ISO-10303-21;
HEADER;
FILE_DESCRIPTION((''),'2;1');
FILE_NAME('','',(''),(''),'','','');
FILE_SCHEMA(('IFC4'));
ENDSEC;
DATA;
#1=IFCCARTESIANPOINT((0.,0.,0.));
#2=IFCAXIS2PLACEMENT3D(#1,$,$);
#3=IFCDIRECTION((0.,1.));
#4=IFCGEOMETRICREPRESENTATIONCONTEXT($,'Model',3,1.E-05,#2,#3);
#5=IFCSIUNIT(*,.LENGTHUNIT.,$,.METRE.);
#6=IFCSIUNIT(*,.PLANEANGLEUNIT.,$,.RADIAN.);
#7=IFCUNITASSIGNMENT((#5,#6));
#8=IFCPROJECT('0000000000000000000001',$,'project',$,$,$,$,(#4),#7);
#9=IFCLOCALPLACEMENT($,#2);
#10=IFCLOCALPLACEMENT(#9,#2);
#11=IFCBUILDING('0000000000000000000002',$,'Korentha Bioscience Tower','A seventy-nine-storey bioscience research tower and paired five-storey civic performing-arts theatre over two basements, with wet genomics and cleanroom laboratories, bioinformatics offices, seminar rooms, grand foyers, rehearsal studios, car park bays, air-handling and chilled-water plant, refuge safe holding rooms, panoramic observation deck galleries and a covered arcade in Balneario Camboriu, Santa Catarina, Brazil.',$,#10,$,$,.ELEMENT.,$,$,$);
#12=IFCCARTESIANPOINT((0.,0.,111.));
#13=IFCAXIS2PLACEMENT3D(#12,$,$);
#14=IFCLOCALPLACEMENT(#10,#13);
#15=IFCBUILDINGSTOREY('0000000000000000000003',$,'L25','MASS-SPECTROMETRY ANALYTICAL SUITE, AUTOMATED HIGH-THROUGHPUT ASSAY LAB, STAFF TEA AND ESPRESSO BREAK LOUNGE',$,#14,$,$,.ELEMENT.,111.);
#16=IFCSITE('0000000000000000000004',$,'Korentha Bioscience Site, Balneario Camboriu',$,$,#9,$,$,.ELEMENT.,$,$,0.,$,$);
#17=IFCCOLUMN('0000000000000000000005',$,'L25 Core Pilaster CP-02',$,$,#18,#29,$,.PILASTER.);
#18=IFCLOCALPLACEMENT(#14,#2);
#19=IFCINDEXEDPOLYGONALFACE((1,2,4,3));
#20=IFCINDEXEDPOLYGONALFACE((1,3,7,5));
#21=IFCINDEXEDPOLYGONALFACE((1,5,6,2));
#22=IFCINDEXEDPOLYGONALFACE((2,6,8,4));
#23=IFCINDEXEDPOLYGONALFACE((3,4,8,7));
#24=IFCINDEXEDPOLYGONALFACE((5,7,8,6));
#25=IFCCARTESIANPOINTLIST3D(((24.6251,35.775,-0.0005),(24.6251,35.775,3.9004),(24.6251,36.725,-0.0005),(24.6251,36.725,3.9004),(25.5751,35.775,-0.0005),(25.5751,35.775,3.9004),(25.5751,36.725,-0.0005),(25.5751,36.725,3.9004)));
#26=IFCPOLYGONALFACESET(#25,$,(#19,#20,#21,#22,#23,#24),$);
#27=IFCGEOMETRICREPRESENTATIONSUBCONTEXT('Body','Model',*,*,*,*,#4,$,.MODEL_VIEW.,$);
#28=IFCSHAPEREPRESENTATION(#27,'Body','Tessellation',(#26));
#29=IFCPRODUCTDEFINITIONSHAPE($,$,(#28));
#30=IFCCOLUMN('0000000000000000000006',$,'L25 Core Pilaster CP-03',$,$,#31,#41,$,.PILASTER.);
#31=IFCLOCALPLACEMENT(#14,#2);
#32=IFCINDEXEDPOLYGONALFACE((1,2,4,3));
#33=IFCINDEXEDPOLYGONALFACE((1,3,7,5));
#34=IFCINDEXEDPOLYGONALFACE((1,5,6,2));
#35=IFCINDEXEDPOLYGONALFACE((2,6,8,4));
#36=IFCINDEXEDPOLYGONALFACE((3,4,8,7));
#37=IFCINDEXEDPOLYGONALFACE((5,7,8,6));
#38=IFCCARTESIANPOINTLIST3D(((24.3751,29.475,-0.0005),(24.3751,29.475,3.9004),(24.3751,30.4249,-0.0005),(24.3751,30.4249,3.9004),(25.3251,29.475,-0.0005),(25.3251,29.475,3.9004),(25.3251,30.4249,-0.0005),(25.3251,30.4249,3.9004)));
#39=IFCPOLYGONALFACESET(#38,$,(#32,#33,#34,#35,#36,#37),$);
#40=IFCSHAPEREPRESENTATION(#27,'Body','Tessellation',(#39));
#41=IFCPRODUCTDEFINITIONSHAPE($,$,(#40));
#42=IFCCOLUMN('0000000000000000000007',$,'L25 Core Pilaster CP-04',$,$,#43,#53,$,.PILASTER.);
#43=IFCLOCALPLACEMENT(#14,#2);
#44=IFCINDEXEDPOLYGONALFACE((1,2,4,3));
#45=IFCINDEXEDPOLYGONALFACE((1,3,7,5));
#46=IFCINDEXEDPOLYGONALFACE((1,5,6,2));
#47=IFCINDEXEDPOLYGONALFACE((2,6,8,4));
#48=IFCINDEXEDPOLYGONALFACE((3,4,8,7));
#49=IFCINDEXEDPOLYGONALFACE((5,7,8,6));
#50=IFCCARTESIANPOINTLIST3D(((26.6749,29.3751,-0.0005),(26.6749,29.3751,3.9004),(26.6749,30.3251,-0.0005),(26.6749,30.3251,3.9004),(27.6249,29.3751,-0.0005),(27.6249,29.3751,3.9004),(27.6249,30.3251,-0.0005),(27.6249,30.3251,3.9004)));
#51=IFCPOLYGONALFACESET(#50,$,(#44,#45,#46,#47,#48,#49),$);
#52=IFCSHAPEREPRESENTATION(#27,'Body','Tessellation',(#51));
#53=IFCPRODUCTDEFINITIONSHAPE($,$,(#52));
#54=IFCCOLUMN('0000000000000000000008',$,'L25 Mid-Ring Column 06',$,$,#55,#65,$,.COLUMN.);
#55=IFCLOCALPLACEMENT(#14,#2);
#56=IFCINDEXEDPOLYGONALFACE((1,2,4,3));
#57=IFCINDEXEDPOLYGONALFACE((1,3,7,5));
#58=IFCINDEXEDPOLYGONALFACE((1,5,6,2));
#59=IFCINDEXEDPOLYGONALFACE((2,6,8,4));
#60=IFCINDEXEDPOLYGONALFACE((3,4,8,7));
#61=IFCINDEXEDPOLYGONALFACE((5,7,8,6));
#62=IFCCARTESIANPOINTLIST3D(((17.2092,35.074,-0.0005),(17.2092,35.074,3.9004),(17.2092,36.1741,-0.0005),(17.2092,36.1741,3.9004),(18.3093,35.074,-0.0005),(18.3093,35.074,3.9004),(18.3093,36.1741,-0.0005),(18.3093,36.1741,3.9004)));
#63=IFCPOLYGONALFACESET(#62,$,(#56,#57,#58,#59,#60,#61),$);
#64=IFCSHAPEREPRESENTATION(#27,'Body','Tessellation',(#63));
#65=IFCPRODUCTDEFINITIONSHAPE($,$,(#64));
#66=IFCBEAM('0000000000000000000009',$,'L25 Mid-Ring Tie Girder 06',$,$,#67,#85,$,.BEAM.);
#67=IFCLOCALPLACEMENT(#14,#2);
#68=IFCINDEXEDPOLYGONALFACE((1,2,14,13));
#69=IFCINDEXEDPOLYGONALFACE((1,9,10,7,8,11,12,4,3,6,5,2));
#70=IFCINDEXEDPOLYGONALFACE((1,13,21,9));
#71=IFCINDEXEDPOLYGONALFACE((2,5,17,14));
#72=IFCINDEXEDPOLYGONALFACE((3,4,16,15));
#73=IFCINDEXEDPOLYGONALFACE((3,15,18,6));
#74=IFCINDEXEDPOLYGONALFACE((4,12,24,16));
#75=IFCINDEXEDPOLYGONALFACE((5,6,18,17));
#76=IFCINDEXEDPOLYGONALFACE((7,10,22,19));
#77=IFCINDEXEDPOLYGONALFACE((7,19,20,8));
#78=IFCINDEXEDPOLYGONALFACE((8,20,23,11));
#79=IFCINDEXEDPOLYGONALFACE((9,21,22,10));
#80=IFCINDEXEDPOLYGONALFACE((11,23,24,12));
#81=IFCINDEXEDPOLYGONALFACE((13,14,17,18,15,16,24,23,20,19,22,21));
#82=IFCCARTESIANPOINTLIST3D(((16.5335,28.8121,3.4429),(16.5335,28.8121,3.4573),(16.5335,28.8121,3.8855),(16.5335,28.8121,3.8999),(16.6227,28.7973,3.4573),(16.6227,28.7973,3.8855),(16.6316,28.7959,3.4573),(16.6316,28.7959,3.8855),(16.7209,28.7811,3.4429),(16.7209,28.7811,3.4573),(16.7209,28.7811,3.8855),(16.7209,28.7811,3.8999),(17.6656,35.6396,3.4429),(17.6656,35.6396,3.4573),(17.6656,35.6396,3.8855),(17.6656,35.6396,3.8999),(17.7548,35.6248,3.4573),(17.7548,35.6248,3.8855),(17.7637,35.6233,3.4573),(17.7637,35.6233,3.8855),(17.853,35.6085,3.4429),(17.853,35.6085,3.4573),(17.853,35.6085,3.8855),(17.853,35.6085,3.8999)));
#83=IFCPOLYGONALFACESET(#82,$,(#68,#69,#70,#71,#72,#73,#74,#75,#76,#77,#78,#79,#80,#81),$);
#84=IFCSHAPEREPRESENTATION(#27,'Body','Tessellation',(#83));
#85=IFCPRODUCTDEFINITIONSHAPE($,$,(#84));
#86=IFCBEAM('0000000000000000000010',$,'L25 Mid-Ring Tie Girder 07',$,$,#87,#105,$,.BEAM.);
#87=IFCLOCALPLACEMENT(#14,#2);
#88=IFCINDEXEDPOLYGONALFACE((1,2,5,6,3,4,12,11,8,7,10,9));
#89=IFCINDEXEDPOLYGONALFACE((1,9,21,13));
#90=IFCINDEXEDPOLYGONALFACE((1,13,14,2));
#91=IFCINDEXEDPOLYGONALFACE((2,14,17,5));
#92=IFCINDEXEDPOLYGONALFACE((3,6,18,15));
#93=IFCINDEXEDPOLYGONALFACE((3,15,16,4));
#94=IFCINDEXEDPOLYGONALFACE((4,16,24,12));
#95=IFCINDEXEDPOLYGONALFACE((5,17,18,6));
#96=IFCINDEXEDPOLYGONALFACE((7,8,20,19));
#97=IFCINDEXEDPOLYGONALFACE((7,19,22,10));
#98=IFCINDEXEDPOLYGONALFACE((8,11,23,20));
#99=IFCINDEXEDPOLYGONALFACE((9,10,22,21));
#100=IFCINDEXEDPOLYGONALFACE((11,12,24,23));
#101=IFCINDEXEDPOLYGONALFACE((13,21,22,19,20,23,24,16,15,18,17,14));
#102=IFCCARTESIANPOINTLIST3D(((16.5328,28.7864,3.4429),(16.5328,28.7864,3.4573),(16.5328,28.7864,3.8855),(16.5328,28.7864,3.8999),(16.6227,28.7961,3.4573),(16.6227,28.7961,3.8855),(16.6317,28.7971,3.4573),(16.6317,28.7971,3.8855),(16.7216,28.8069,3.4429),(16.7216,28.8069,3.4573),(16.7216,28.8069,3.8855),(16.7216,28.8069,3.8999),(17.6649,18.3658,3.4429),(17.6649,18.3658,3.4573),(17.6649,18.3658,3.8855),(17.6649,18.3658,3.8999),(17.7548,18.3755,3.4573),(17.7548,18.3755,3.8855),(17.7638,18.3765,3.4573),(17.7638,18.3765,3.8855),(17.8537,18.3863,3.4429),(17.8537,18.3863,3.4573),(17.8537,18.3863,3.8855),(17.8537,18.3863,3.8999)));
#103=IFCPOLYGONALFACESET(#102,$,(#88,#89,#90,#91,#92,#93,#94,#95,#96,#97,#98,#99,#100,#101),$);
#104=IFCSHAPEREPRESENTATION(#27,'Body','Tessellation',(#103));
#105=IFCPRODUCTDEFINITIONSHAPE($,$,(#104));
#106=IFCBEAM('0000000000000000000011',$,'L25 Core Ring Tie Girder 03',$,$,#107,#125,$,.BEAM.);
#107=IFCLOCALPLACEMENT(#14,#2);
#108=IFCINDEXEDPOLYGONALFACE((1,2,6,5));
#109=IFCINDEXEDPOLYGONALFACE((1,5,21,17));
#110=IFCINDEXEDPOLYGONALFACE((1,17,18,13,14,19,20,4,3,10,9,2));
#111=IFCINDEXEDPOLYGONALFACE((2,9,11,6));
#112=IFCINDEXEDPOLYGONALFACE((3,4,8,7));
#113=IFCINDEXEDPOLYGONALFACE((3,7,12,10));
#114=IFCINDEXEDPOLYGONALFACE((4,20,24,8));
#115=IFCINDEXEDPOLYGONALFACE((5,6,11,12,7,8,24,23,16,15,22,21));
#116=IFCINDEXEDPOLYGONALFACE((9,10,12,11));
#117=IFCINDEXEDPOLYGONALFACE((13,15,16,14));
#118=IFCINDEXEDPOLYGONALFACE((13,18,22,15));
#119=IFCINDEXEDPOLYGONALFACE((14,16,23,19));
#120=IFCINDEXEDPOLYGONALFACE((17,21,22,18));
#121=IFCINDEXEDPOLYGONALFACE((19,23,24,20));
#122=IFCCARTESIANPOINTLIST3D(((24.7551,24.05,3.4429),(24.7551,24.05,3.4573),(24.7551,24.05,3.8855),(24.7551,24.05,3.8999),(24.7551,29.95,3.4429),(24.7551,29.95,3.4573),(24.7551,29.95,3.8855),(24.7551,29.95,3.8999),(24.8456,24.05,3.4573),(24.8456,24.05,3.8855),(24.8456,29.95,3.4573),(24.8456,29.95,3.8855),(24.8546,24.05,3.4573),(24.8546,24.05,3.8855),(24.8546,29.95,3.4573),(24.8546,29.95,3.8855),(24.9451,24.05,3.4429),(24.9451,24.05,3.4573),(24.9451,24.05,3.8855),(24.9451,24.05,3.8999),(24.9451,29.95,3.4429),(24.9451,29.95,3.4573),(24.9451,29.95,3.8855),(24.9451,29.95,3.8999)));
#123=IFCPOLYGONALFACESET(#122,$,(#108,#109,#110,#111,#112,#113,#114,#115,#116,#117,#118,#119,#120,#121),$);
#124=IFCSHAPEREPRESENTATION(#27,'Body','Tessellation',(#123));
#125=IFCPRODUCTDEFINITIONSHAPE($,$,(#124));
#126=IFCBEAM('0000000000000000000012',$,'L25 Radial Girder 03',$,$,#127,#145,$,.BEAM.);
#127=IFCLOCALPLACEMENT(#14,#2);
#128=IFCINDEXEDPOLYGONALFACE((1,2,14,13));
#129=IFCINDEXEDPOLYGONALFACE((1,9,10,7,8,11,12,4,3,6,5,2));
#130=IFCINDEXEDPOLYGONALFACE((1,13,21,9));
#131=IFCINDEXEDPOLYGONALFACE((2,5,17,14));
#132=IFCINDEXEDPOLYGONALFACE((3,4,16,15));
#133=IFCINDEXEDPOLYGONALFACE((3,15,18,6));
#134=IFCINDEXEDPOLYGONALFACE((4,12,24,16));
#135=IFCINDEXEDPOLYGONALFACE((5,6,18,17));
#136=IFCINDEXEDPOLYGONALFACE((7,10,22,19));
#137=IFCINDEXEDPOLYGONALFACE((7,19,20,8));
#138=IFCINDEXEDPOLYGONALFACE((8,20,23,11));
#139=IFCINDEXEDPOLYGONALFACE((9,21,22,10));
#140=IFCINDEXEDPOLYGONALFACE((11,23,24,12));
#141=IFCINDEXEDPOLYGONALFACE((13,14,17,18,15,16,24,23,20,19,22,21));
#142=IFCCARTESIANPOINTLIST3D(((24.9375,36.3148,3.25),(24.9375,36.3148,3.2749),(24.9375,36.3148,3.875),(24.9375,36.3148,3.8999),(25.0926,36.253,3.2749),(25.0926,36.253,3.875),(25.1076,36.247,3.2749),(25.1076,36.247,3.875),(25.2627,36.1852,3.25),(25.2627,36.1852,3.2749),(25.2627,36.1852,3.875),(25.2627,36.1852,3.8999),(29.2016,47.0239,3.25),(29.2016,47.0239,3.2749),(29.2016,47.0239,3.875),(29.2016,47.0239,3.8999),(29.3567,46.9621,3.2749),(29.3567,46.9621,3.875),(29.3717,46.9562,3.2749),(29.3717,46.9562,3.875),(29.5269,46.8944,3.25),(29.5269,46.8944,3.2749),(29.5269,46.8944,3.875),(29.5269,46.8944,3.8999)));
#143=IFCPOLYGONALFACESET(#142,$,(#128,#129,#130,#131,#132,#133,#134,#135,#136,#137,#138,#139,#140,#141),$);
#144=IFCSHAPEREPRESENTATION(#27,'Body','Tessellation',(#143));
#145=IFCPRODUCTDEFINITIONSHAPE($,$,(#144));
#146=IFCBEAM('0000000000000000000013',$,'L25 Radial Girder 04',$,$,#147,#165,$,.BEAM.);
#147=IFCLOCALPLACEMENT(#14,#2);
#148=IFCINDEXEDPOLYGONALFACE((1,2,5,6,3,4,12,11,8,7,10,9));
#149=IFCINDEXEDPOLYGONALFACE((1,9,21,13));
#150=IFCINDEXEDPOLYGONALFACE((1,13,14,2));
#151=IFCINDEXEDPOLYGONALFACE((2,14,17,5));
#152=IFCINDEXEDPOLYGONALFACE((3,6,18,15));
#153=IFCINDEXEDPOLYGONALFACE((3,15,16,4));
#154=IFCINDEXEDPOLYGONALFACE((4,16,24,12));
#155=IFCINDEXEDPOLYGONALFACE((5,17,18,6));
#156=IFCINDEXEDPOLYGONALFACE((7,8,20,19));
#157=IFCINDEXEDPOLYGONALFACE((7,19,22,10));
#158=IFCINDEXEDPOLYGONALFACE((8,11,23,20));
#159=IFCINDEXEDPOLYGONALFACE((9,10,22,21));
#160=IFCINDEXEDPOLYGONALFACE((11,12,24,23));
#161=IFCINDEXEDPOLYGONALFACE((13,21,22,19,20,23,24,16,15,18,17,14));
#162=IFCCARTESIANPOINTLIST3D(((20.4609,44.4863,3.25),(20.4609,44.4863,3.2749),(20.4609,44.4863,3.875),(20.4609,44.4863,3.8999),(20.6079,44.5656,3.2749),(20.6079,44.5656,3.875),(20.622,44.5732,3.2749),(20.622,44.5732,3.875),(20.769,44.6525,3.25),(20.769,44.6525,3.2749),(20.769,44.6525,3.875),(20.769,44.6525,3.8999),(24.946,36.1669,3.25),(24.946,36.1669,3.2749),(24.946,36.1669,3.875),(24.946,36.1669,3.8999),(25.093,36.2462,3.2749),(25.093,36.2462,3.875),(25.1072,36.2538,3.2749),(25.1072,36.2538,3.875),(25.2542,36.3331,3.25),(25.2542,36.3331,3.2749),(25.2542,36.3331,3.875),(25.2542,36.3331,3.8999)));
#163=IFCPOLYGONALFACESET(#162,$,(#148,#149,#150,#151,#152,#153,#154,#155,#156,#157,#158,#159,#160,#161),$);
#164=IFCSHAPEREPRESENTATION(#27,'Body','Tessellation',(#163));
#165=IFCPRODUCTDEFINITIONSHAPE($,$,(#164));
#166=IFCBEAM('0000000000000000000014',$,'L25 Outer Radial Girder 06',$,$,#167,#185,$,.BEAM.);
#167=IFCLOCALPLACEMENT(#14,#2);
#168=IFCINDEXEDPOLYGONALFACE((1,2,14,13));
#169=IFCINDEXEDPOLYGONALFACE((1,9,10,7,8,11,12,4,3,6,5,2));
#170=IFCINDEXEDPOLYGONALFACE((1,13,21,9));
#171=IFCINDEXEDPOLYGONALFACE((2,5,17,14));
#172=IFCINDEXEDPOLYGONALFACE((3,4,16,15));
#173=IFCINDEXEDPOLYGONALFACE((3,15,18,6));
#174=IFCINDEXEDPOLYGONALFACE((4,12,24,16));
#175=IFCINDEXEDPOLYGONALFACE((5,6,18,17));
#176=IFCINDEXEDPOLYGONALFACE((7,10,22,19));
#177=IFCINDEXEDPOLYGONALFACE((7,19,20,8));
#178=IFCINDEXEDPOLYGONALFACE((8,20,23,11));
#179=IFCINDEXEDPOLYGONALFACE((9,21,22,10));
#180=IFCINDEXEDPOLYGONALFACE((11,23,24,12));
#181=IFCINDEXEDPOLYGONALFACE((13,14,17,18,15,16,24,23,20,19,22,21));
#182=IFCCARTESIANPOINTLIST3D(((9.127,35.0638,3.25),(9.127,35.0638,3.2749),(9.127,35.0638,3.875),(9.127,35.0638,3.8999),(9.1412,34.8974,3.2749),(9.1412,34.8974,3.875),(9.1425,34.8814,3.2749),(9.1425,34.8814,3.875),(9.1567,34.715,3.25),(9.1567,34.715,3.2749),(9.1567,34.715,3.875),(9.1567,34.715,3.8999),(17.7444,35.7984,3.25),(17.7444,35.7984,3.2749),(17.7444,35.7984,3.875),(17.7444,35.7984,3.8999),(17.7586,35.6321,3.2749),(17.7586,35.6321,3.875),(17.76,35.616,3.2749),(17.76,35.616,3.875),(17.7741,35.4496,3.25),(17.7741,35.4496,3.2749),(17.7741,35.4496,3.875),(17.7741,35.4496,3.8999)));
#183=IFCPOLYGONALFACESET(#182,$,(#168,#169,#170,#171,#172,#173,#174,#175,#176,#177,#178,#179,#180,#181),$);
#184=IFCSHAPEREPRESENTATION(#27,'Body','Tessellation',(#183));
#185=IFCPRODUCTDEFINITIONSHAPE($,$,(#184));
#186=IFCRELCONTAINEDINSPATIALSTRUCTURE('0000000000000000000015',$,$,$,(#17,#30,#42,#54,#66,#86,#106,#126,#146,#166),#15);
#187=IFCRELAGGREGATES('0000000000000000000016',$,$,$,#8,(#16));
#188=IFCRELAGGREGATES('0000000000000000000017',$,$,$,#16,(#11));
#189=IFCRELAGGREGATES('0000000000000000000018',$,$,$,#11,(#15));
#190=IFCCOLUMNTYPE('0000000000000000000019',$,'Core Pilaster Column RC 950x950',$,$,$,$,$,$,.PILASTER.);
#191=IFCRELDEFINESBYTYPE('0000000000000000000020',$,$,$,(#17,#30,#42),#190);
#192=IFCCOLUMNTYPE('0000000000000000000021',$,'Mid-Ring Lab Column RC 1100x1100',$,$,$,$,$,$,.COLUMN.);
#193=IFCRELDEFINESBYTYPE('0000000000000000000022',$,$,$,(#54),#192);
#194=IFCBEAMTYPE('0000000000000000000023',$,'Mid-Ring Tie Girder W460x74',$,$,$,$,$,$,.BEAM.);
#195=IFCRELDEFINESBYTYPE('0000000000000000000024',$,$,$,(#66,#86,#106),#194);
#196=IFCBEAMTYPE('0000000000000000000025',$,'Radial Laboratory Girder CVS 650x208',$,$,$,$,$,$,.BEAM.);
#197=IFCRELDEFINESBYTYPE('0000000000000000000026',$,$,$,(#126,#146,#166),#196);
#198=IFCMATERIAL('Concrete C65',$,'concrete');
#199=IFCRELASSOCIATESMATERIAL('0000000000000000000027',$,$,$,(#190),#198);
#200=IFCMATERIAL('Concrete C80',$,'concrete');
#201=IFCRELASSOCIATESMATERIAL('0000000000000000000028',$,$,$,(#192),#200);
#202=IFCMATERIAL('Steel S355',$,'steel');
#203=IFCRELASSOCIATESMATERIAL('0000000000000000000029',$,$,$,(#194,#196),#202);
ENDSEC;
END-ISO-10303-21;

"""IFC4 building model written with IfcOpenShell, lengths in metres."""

from ifc_helpers import new_model, si_unit, direction, frame, origin, origin_2d, place, context, subcontext, project, spatial, rectangle, i_section, extrude, material, material_profile, profile_set, type_object, element, save


model = new_model("IFC4")

# Units and contexts
model_context = context("Model", 3, precision=1e-05, world=origin(), true_north=direction((0.0, 1.0)))
body_context = subcontext(model_context, "Body", "Model", "MODEL_VIEW")
ifc_project = project(units=[si_unit("LENGTHUNIT", "METRE"), si_unit("PLANEANGLEUNIT", "RADIAN")], contexts=[model_context])

# Site, building, storey
site_placement = place(None, origin())
site = spatial("IfcSite", under=ifc_project, at=site_placement, Name="Korentha Bioscience Site, Balneario Camboriu", CompositionType="ELEMENT", RefElevation=0.0)
building_placement = place(site_placement, origin())
building = spatial("IfcBuilding", under=site, at=building_placement, Name="Korentha Bioscience Tower", Description="A seventy-nine-storey bioscience research tower and paired five-storey civic performing-arts theatre over two basements, with wet genomics and cleanroom laboratories, bioinformatics offices, seminar rooms, grand foyers, rehearsal studios, car park bays, air-handling and chilled-water plant, refuge safe holding rooms, panoramic observation deck galleries and a covered arcade in Balneario Camboriu, Santa Catarina, Brazil.", CompositionType="ELEMENT")
storey_placement = place(building_placement, frame((0.0, 0.0, 111.0)))
storey = spatial("IfcBuildingStorey", under=building, at=storey_placement, Name="L25", Description="MASS-SPECTROMETRY ANALYTICAL SUITE, AUTOMATED HIGH-THROUGHPUT ASSAY LAB, STAFF TEA AND ESPRESSO BREAK LOUNGE", CompositionType="ELEMENT", Elevation=111.0)

# Columns
ifc_material_1 = material(Name="Concrete C65", Category="concrete")
ifc_material_profile_1 = material_profile(ifc_material_1, rectangle(XDim=0.95, YDim=0.95, at=origin_2d()), Name="Concrete C65")
ifc_profile_set_1 = profile_set([ifc_material_profile_1], Name="Concrete C65 (COL-CP09)")
column_type_1 = type_object("IfcColumnType", Name="Core Pilaster Column RC 950x950", PredefinedType="PILASTER", material=ifc_profile_set_1)
for number, where, z_axis, x_axis, name in (
    (1, (25.1001, 36.25, -0.0005), (0.0, 0.0, 1.0), (1.0, 0.0, 0.0), "L25 Core Pilaster CP-02"),
    (2, (24.8501, 29.95, -0.0005), (0.0, 0.0, 1.0), (1.0, 0.0, 0.0), "L25 Core Pilaster CP-03"),
    (3, (27.1499, 29.8501, -0.0005), (0.0, 0.0, 1.0), (1.0, 0.0, 0.0), "L25 Core Pilaster CP-04"),
):
    element("IfcColumn", number, at=place(storey_placement, frame(where, z_axis=z_axis, x_axis=x_axis)), inside=storey, type_object=column_type_1, Name=name, PredefinedType="PILASTER", context=body_context, shape_type="SweptSolid", body=[
        extrude(rectangle(XDim=0.95, YDim=0.95, at=origin_2d()), origin(), (0.0, 0.0, 1.0), 3.9009),
    ])
ifc_material_2 = material(Name="Concrete C80", Category="concrete")
ifc_material_profile_2 = material_profile(ifc_material_2, rectangle(XDim=1.1001, YDim=1.1001, at=origin_2d()), Name="Concrete C80")
ifc_profile_set_2 = profile_set([ifc_material_profile_2], Name="Concrete C80 (COL-MR11)")
column_type_2 = type_object("IfcColumnType", Name="Mid-Ring Lab Column RC 1100x1100", PredefinedType="COLUMN", material=ifc_profile_set_2)
column_placement = place(storey_placement, frame((17.7593, 35.624, -0.0005), z_axis=(0.0, 0.0, 1.0), x_axis=(1.0, 0.0, 0.0)))
element("IfcColumn", 4, at=column_placement, inside=storey, type_object=column_type_2, Name="L25 Mid-Ring Column 06", PredefinedType="COLUMN", context=body_context, shape_type="SweptSolid", body=[
    extrude(rectangle(XDim=1.1001, YDim=1.1001, at=origin_2d()), origin(), (0.0, 0.0, 1.0), 3.9009),
])

# Beams
ifc_material_3 = material(Name="Steel S355", Category="steel")
ifc_material_profile_3 = material_profile(ifc_material_3, i_section(OverallWidth=0.1899, OverallDepth=0.457, WebThickness=0.009, FlangeThickness=0.0144, at=origin_2d()), Name="Steel S355")
ifc_profile_set_3 = profile_set([ifc_material_profile_3], Name="Steel S355 (MB-460)")
beam_type_1 = type_object("IfcBeamType", Name="Mid-Ring Tie Girder W460x74", PredefinedType="BEAM", material=ifc_profile_set_3)
beam_1_placement = place(storey_placement, frame((17.7593, 35.624, 3.6714), z_axis=(-0.163581, -0.98653, 0.0), x_axis=(0.98653, -0.163581, 0.0)))
element("IfcBeam", 5, at=beam_1_placement, inside=storey, type_object=beam_type_1, Name="L25 Mid-Ring Tie Girder 06", PredefinedType="BEAM", context=body_context, shape_type="SweptSolid", body=[
    extrude(i_section(OverallWidth=0.1899, OverallDepth=0.457, WebThickness=0.009, FlangeThickness=0.0144, at=origin_2d()), origin(), (0.0, 0.0, 1.0), 6.9207),
])
beam_2_placement = place(storey_placement, frame((16.6272, 28.7966, 3.6714), z_axis=(0.108003, -0.994151, 0.0), x_axis=(0.994151, 0.108003, 0.0)))
element("IfcBeam", 6, at=beam_2_placement, inside=storey, type_object=beam_type_1, Name="L25 Mid-Ring Tie Girder 07", PredefinedType="BEAM", context=body_context, shape_type="SweptSolid", body=[
    extrude(i_section(OverallWidth=0.1899, OverallDepth=0.457, WebThickness=0.009, FlangeThickness=0.0144, at=origin_2d()), origin(), (0.0, 0.0, 1.0), 10.4819),
])
beam_3_placement = place(storey_placement, frame((24.8501, 29.95, 3.6714), z_axis=(0.0, -1.0, 0.0), x_axis=(1.0, 0.0, 0.0)))
element("IfcBeam", 7, at=beam_3_placement, inside=storey, type_object=beam_type_1, Name="L25 Core Ring Tie Girder 03", PredefinedType="BEAM", context=body_context, shape_type="SweptSolid", body=[
    extrude(i_section(OverallWidth=0.1899, OverallDepth=0.457, WebThickness=0.009, FlangeThickness=0.0144, at=origin_2d()), origin(), (0.0, 0.0, 1.0), 5.8999),
])
ifc_material_profile_4 = material_profile(ifc_material_3, i_section(OverallWidth=0.3501, OverallDepth=0.6499, WebThickness=0.0161, FlangeThickness=0.0249, at=origin_2d()), Name="Steel S355")
ifc_profile_set_4 = profile_set([ifc_material_profile_4], Name="Steel S355 (RB-650)")
beam_type_2 = type_object("IfcBeamType", Name="Radial Laboratory Girder CVS 650x208", PredefinedType="BEAM", material=ifc_profile_set_4)
beam_4_placement = place(storey_placement, frame((25.1001, 36.25, 3.575), z_axis=(0.36993, 0.92906, 0.0), x_axis=(-0.92906, 0.36993, 0.0)))
element("IfcBeam", 8, at=beam_4_placement, inside=storey, type_object=beam_type_2, Name="L25 Radial Girder 03", PredefinedType="BEAM", context=body_context, shape_type="SweptSolid", body=[
    extrude(i_section(OverallWidth=0.3501, OverallDepth=0.6499, WebThickness=0.0161, FlangeThickness=0.0249, at=origin_2d()), origin(), (0.0, 0.0, 1.0), 11.5269),
])
beam_5_placement = place(storey_placement, frame((25.1001, 36.25, 3.575), z_axis=(-0.474548, 0.88023, 0.0), x_axis=(-0.88023, -0.474548, 0.0)))
element("IfcBeam", 9, at=beam_5_placement, inside=storey, type_object=beam_type_2, Name="L25 Radial Girder 04", PredefinedType="BEAM", context=body_context, shape_type="SweptSolid", body=[
    extrude(i_section(OverallWidth=0.3501, OverallDepth=0.6499, WebThickness=0.0161, FlangeThickness=0.0249, at=origin_2d()), origin(), (0.0, 0.0, 1.0), 9.4514),
])
beam_6_placement = place(storey_placement, frame((17.7593, 35.624, 3.575), z_axis=(-0.996386, -0.08494, 0.0), x_axis=(0.08494, -0.996386, 0.0)))
element("IfcBeam", 10, at=beam_6_placement, inside=storey, type_object=beam_type_2, Name="L25 Outer Radial Girder 06", PredefinedType="BEAM", context=body_context, shape_type="SweptSolid", body=[
    extrude(i_section(OverallWidth=0.3501, OverallDepth=0.6499, WebThickness=0.0161, FlangeThickness=0.0249, at=origin_2d()), origin(), (0.0, 0.0, 1.0), 8.6487),
])

save(model, "model.ifc")
